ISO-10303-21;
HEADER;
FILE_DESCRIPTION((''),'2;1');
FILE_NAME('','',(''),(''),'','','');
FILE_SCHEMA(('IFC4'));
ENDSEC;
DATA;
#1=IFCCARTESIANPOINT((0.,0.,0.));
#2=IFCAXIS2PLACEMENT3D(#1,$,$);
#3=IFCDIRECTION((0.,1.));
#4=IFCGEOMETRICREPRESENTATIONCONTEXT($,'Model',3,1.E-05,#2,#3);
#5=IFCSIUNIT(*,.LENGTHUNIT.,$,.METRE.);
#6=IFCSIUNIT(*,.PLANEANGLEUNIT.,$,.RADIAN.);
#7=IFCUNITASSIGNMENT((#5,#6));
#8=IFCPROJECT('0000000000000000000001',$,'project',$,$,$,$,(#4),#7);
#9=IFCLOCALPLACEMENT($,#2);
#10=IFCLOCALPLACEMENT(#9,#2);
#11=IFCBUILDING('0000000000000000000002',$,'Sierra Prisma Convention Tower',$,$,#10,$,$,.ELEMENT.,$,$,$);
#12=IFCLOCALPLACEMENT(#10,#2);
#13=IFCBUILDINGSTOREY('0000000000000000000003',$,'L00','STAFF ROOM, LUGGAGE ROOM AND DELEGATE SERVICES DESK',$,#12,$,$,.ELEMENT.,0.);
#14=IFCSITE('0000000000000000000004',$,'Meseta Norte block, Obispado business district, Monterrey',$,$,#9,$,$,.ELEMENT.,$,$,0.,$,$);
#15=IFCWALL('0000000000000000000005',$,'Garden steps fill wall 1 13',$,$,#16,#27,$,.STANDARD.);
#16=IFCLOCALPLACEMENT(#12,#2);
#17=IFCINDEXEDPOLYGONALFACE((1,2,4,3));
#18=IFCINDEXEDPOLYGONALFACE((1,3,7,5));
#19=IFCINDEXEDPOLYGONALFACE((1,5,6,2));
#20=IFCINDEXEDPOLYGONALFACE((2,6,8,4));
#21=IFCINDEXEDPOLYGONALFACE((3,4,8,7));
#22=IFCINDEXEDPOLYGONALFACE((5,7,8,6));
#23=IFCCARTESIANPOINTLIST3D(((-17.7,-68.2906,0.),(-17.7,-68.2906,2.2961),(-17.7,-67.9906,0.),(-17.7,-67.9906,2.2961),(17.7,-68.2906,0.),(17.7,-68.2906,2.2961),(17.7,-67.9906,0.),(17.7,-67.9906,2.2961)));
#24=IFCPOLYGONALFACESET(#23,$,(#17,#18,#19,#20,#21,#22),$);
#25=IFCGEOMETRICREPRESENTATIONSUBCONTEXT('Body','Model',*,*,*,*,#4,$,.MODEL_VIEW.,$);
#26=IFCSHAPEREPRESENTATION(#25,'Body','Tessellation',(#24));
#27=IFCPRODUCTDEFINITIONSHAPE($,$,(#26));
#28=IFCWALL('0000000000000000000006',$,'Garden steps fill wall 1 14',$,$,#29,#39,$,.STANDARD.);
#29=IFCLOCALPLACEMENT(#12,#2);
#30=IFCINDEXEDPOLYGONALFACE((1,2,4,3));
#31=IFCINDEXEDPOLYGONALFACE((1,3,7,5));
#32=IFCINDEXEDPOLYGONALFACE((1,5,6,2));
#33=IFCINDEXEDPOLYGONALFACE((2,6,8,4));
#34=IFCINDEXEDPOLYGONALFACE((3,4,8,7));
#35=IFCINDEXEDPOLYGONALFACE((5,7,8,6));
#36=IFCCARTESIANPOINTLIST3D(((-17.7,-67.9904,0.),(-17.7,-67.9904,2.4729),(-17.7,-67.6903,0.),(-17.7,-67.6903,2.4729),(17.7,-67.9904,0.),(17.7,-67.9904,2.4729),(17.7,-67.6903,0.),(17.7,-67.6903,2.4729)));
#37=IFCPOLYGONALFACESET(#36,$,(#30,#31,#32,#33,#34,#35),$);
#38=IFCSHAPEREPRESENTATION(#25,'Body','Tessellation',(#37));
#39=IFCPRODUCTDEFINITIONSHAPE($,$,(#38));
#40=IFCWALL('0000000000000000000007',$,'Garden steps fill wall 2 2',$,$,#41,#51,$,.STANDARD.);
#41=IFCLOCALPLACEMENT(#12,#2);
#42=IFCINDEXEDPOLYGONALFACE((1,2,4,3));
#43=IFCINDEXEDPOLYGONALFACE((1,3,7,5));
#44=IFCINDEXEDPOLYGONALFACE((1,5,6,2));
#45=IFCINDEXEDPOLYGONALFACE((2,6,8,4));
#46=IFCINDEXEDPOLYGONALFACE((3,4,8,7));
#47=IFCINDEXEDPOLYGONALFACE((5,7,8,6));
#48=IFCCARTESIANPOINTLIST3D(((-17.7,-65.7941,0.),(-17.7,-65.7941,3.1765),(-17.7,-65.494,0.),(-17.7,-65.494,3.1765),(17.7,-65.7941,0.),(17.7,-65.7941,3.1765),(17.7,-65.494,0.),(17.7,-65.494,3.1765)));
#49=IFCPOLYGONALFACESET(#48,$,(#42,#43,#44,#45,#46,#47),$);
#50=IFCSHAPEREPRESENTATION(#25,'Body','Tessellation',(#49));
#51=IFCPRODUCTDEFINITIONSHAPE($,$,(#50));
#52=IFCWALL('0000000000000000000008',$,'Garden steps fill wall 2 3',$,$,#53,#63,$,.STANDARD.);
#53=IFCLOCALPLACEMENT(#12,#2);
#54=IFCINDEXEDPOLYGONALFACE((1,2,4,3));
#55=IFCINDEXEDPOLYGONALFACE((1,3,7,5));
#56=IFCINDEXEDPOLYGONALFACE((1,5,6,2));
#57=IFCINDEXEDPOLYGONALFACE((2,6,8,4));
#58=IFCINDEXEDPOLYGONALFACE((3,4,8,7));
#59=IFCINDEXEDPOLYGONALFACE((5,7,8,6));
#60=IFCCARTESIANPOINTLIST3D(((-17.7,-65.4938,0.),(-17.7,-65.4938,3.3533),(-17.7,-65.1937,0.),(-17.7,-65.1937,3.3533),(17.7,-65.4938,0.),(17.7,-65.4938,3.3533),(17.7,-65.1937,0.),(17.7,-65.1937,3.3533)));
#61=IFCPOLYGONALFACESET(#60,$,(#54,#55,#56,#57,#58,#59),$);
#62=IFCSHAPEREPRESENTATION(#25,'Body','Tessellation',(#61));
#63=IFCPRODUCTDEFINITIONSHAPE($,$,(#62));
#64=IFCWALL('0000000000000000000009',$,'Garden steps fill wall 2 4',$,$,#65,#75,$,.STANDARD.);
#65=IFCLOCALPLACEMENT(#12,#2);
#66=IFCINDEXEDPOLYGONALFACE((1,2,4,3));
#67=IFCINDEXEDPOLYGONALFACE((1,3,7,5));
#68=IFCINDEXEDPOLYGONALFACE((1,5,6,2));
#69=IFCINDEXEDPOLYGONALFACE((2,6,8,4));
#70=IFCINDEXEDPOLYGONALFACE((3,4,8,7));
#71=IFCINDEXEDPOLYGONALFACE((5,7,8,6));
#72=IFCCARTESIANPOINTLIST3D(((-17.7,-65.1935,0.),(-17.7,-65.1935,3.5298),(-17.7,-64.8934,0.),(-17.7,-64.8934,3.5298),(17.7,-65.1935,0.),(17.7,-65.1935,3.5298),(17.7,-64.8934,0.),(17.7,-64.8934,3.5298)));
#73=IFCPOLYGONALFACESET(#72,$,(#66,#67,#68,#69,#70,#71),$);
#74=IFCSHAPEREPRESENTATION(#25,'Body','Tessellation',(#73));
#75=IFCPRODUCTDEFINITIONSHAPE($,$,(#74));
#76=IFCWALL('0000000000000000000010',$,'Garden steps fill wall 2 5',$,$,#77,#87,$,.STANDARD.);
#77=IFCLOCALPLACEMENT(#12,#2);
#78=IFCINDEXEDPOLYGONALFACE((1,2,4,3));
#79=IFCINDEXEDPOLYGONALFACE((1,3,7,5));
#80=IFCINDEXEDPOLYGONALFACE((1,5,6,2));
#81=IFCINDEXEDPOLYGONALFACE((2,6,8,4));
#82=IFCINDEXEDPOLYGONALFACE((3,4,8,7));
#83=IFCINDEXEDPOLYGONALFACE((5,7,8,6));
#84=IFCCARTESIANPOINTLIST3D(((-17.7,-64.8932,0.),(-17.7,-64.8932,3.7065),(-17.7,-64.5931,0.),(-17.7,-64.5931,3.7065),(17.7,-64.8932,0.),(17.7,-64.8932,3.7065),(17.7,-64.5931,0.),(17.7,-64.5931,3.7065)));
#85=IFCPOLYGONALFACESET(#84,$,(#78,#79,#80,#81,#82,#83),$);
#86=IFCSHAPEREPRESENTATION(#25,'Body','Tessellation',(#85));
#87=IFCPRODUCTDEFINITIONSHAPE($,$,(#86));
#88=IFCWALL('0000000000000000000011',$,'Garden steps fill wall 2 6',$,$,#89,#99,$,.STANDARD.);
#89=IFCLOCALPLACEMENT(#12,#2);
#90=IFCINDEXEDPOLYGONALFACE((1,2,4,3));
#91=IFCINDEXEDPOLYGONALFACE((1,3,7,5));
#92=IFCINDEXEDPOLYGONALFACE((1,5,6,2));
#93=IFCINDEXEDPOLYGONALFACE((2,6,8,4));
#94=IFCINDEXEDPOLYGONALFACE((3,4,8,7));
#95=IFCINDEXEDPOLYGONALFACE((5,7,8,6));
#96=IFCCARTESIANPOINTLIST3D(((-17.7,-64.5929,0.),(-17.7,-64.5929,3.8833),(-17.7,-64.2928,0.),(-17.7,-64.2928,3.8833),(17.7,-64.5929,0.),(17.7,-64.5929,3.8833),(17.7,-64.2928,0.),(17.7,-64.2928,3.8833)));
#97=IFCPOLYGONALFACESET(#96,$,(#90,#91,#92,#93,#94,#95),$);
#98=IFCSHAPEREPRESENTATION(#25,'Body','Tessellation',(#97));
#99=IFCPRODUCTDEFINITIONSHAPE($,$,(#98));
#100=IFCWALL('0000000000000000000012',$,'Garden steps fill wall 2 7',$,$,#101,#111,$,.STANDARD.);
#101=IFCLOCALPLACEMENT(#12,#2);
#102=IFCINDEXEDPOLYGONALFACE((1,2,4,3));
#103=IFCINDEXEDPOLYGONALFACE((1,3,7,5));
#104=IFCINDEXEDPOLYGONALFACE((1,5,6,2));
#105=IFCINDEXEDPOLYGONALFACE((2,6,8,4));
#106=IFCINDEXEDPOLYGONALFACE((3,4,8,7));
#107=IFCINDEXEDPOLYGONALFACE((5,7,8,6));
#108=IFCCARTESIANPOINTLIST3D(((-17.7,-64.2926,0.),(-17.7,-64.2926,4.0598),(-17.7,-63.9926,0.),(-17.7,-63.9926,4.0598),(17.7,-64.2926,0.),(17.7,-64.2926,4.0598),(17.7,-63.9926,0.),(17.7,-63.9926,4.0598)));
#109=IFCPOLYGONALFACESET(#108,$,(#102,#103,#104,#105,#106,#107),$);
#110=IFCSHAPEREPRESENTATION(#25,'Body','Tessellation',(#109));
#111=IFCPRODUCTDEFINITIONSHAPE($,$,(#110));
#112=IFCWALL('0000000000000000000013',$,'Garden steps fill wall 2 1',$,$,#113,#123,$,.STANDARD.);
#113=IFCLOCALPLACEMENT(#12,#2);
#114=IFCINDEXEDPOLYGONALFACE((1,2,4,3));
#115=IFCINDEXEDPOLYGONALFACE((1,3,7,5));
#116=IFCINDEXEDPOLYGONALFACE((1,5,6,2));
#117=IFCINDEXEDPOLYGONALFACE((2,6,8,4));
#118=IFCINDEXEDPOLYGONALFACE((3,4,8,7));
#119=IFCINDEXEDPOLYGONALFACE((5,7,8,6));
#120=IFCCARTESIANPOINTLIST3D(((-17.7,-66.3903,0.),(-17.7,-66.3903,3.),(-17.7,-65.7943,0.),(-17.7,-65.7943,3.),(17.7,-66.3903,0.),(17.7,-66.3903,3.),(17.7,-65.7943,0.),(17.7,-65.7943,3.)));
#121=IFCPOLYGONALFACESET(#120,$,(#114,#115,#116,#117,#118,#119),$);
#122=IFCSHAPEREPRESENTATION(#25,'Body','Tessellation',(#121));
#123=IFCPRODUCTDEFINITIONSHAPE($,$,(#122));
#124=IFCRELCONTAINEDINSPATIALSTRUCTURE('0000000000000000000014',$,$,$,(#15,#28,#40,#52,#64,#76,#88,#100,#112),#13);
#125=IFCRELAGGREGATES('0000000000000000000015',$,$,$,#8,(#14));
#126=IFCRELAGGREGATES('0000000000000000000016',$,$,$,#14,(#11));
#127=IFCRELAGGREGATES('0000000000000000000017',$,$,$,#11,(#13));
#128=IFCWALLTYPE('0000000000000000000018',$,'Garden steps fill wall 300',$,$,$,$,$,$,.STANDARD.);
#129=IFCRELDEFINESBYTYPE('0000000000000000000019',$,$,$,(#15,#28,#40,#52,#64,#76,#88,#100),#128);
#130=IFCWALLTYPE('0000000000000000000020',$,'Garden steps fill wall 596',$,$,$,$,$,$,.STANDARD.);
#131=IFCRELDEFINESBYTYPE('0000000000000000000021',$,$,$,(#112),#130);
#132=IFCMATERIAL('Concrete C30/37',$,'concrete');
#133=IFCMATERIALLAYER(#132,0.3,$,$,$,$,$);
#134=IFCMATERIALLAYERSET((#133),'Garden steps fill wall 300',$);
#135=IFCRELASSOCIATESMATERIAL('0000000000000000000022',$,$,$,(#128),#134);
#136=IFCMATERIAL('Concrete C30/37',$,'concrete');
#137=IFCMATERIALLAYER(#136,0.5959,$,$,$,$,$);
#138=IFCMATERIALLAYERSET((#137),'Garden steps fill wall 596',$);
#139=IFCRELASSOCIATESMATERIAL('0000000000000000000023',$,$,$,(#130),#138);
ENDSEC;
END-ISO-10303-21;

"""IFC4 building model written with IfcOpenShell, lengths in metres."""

from ifc_helpers import new_model, si_unit, direction, frame, frame_2d, origin, place, context, subcontext, project, spatial, rectangle, extrude, material, layer, layer_set, type_object, element, save


model = new_model("IFC4")

# Units and contexts
model_context = context("Model", 3, precision=1e-05, world=origin(), true_north=direction((0.0, 1.0)))
body_context = subcontext(model_context, "Body", "Model", "MODEL_VIEW")
ifc_project = project(units=[si_unit("LENGTHUNIT", "METRE"), si_unit("PLANEANGLEUNIT", "RADIAN")], contexts=[model_context])

# Site, building, storey
site_placement = place(None, origin())
site = spatial("IfcSite", under=ifc_project, at=site_placement, Name="Meseta Norte block, Obispado business district, Monterrey", CompositionType="ELEMENT", RefElevation=0.0)
building_placement = place(site_placement, origin())
building = spatial("IfcBuilding", under=site, at=building_placement, Name="Sierra Prisma Convention Tower", CompositionType="ELEMENT")
storey_placement = place(building_placement, origin())
storey = spatial("IfcBuildingStorey", under=building, at=storey_placement, Name="L00", Description="STAFF ROOM, LUGGAGE ROOM AND DELEGATE SERVICES DESK", CompositionType="ELEMENT", Elevation=0.0)

# Walls
ifc_material_1 = material(Name="Concrete C30/37", Category="concrete")
ifc_layer_1 = layer(ifc_material_1, 0.3)
ifc_layer_set_1 = layer_set([ifc_layer_1], Name="Garden steps fill wall 300")
wall_type_1 = type_object("IfcWallType", Name="Garden steps fill wall 300", PredefinedType="STANDARD", material=ifc_layer_set_1)
wall_1_placement = place(storey_placement, frame((-17.7, -68.1406, 0.0), z_axis=(0.0, 0.0, 1.0), x_axis=(1.0, 0.0, 0.0)))
element("IfcWall", 1, at=wall_1_placement, inside=storey, type_object=wall_type_1, Name="Garden steps fill wall 1 13", PredefinedType="STANDARD", context=body_context, shape_type="SweptSolid", body=[
    extrude(rectangle(XDim=35.3999, YDim=0.3, at=frame_2d((17.7, 0.0))), origin(), (0.0, 0.0, 1.0), 2.2961),
])
wall_2_placement = place(storey_placement, frame((-17.7, -67.8403, 0.0), z_axis=(0.0, 0.0, 1.0), x_axis=(1.0, 0.0, 0.0)))
element("IfcWall", 2, at=wall_2_placement, inside=storey, type_object=wall_type_1, Name="Garden steps fill wall 1 14", PredefinedType="STANDARD", context=body_context, shape_type="SweptSolid", body=[
    extrude(rectangle(XDim=35.3999, YDim=0.3, at=frame_2d((17.7, 0.0))), origin(), (0.0, 0.0, 1.0), 2.4729),
])
wall_3_placement = place(storey_placement, frame((-17.7, -65.644, 0.0), z_axis=(0.0, 0.0, 1.0), x_axis=(1.0, 0.0, 0.0)))
element("IfcWall", 3, at=wall_3_placement, inside=storey, type_object=wall_type_1, Name="Garden steps fill wall 2 2", PredefinedType="STANDARD", context=body_context, shape_type="SweptSolid", body=[
    extrude(rectangle(XDim=35.3999, YDim=0.3, at=frame_2d((17.7, 0.0))), origin(), (0.0, 0.0, 1.0), 3.1765),
])
wall_4_placement = place(storey_placement, frame((-17.7, -65.3438, 0.0), z_axis=(0.0, 0.0, 1.0), x_axis=(1.0, 0.0, 0.0)))
element("IfcWall", 4, at=wall_4_placement, inside=storey, type_object=wall_type_1, Name="Garden steps fill wall 2 3", PredefinedType="STANDARD", context=body_context, shape_type="SweptSolid", body=[
    extrude(rectangle(XDim=35.3999, YDim=0.3, at=frame_2d((17.7, 0.0))), origin(), (0.0, 0.0, 1.0), 3.3533),
])
wall_5_placement = place(storey_placement, frame((-17.7, -65.0435, 0.0), z_axis=(0.0, 0.0, 1.0), x_axis=(1.0, 0.0, 0.0)))
element("IfcWall", 5, at=wall_5_placement, inside=storey, type_object=wall_type_1, Name="Garden steps fill wall 2 4", PredefinedType="STANDARD", context=body_context, shape_type="SweptSolid", body=[
    extrude(rectangle(XDim=35.3999, YDim=0.3, at=frame_2d((17.7, 0.0))), origin(), (0.0, 0.0, 1.0), 3.5298),
])
wall_6_placement = place(storey_placement, frame((-17.7, -64.7432, 0.0), z_axis=(0.0, 0.0, 1.0), x_axis=(1.0, 0.0, 0.0)))
element("IfcWall", 6, at=wall_6_placement, inside=storey, type_object=wall_type_1, Name="Garden steps fill wall 2 5", PredefinedType="STANDARD", context=body_context, shape_type="SweptSolid", body=[
    extrude(rectangle(XDim=35.3999, YDim=0.3, at=frame_2d((17.7, 0.0))), origin(), (0.0, 0.0, 1.0), 3.7065),
])
wall_7_placement = place(storey_placement, frame((-17.7, -64.4429, 0.0), z_axis=(0.0, 0.0, 1.0), x_axis=(1.0, 0.0, 0.0)))
element("IfcWall", 7, at=wall_7_placement, inside=storey, type_object=wall_type_1, Name="Garden steps fill wall 2 6", PredefinedType="STANDARD", context=body_context, shape_type="SweptSolid", body=[
    extrude(rectangle(XDim=35.3999, YDim=0.3, at=frame_2d((17.7, 0.0))), origin(), (0.0, 0.0, 1.0), 3.8833),
])
wall_8_placement = place(storey_placement, frame((-17.7, -64.1426, 0.0), z_axis=(0.0, 0.0, 1.0), x_axis=(1.0, 0.0, 0.0)))
element("IfcWall", 8, at=wall_8_placement, inside=storey, type_object=wall_type_1, Name="Garden steps fill wall 2 7", PredefinedType="STANDARD", context=body_context, shape_type="SweptSolid", body=[
    extrude(rectangle(XDim=35.3999, YDim=0.3, at=frame_2d((17.7, 0.0))), origin(), (0.0, 0.0, 1.0), 4.0598),
])
ifc_material_2 = material(Name="Concrete C30/37", Category="concrete")
ifc_layer_2 = layer(ifc_material_2, 0.5959)
ifc_layer_set_2 = layer_set([ifc_layer_2], Name="Garden steps fill wall 596")
wall_type_2 = type_object("IfcWallType", Name="Garden steps fill wall 596", PredefinedType="STANDARD", material=ifc_layer_set_2)
wall_9_placement = place(storey_placement, frame((-17.7, -66.0923, 0.0), z_axis=(0.0, 0.0, 1.0), x_axis=(1.0, 0.0, 0.0)))
element("IfcWall", 9, at=wall_9_placement, inside=storey, type_object=wall_type_2, Name="Garden steps fill wall 2 1", PredefinedType="STANDARD", context=body_context, shape_type="SweptSolid", body=[
    extrude(rectangle(XDim=35.3999, YDim=0.5959, at=frame_2d((17.7, 0.0))), origin(), (0.0, 0.0, 1.0), 3.0),
])

save(model, "model.ifc")
